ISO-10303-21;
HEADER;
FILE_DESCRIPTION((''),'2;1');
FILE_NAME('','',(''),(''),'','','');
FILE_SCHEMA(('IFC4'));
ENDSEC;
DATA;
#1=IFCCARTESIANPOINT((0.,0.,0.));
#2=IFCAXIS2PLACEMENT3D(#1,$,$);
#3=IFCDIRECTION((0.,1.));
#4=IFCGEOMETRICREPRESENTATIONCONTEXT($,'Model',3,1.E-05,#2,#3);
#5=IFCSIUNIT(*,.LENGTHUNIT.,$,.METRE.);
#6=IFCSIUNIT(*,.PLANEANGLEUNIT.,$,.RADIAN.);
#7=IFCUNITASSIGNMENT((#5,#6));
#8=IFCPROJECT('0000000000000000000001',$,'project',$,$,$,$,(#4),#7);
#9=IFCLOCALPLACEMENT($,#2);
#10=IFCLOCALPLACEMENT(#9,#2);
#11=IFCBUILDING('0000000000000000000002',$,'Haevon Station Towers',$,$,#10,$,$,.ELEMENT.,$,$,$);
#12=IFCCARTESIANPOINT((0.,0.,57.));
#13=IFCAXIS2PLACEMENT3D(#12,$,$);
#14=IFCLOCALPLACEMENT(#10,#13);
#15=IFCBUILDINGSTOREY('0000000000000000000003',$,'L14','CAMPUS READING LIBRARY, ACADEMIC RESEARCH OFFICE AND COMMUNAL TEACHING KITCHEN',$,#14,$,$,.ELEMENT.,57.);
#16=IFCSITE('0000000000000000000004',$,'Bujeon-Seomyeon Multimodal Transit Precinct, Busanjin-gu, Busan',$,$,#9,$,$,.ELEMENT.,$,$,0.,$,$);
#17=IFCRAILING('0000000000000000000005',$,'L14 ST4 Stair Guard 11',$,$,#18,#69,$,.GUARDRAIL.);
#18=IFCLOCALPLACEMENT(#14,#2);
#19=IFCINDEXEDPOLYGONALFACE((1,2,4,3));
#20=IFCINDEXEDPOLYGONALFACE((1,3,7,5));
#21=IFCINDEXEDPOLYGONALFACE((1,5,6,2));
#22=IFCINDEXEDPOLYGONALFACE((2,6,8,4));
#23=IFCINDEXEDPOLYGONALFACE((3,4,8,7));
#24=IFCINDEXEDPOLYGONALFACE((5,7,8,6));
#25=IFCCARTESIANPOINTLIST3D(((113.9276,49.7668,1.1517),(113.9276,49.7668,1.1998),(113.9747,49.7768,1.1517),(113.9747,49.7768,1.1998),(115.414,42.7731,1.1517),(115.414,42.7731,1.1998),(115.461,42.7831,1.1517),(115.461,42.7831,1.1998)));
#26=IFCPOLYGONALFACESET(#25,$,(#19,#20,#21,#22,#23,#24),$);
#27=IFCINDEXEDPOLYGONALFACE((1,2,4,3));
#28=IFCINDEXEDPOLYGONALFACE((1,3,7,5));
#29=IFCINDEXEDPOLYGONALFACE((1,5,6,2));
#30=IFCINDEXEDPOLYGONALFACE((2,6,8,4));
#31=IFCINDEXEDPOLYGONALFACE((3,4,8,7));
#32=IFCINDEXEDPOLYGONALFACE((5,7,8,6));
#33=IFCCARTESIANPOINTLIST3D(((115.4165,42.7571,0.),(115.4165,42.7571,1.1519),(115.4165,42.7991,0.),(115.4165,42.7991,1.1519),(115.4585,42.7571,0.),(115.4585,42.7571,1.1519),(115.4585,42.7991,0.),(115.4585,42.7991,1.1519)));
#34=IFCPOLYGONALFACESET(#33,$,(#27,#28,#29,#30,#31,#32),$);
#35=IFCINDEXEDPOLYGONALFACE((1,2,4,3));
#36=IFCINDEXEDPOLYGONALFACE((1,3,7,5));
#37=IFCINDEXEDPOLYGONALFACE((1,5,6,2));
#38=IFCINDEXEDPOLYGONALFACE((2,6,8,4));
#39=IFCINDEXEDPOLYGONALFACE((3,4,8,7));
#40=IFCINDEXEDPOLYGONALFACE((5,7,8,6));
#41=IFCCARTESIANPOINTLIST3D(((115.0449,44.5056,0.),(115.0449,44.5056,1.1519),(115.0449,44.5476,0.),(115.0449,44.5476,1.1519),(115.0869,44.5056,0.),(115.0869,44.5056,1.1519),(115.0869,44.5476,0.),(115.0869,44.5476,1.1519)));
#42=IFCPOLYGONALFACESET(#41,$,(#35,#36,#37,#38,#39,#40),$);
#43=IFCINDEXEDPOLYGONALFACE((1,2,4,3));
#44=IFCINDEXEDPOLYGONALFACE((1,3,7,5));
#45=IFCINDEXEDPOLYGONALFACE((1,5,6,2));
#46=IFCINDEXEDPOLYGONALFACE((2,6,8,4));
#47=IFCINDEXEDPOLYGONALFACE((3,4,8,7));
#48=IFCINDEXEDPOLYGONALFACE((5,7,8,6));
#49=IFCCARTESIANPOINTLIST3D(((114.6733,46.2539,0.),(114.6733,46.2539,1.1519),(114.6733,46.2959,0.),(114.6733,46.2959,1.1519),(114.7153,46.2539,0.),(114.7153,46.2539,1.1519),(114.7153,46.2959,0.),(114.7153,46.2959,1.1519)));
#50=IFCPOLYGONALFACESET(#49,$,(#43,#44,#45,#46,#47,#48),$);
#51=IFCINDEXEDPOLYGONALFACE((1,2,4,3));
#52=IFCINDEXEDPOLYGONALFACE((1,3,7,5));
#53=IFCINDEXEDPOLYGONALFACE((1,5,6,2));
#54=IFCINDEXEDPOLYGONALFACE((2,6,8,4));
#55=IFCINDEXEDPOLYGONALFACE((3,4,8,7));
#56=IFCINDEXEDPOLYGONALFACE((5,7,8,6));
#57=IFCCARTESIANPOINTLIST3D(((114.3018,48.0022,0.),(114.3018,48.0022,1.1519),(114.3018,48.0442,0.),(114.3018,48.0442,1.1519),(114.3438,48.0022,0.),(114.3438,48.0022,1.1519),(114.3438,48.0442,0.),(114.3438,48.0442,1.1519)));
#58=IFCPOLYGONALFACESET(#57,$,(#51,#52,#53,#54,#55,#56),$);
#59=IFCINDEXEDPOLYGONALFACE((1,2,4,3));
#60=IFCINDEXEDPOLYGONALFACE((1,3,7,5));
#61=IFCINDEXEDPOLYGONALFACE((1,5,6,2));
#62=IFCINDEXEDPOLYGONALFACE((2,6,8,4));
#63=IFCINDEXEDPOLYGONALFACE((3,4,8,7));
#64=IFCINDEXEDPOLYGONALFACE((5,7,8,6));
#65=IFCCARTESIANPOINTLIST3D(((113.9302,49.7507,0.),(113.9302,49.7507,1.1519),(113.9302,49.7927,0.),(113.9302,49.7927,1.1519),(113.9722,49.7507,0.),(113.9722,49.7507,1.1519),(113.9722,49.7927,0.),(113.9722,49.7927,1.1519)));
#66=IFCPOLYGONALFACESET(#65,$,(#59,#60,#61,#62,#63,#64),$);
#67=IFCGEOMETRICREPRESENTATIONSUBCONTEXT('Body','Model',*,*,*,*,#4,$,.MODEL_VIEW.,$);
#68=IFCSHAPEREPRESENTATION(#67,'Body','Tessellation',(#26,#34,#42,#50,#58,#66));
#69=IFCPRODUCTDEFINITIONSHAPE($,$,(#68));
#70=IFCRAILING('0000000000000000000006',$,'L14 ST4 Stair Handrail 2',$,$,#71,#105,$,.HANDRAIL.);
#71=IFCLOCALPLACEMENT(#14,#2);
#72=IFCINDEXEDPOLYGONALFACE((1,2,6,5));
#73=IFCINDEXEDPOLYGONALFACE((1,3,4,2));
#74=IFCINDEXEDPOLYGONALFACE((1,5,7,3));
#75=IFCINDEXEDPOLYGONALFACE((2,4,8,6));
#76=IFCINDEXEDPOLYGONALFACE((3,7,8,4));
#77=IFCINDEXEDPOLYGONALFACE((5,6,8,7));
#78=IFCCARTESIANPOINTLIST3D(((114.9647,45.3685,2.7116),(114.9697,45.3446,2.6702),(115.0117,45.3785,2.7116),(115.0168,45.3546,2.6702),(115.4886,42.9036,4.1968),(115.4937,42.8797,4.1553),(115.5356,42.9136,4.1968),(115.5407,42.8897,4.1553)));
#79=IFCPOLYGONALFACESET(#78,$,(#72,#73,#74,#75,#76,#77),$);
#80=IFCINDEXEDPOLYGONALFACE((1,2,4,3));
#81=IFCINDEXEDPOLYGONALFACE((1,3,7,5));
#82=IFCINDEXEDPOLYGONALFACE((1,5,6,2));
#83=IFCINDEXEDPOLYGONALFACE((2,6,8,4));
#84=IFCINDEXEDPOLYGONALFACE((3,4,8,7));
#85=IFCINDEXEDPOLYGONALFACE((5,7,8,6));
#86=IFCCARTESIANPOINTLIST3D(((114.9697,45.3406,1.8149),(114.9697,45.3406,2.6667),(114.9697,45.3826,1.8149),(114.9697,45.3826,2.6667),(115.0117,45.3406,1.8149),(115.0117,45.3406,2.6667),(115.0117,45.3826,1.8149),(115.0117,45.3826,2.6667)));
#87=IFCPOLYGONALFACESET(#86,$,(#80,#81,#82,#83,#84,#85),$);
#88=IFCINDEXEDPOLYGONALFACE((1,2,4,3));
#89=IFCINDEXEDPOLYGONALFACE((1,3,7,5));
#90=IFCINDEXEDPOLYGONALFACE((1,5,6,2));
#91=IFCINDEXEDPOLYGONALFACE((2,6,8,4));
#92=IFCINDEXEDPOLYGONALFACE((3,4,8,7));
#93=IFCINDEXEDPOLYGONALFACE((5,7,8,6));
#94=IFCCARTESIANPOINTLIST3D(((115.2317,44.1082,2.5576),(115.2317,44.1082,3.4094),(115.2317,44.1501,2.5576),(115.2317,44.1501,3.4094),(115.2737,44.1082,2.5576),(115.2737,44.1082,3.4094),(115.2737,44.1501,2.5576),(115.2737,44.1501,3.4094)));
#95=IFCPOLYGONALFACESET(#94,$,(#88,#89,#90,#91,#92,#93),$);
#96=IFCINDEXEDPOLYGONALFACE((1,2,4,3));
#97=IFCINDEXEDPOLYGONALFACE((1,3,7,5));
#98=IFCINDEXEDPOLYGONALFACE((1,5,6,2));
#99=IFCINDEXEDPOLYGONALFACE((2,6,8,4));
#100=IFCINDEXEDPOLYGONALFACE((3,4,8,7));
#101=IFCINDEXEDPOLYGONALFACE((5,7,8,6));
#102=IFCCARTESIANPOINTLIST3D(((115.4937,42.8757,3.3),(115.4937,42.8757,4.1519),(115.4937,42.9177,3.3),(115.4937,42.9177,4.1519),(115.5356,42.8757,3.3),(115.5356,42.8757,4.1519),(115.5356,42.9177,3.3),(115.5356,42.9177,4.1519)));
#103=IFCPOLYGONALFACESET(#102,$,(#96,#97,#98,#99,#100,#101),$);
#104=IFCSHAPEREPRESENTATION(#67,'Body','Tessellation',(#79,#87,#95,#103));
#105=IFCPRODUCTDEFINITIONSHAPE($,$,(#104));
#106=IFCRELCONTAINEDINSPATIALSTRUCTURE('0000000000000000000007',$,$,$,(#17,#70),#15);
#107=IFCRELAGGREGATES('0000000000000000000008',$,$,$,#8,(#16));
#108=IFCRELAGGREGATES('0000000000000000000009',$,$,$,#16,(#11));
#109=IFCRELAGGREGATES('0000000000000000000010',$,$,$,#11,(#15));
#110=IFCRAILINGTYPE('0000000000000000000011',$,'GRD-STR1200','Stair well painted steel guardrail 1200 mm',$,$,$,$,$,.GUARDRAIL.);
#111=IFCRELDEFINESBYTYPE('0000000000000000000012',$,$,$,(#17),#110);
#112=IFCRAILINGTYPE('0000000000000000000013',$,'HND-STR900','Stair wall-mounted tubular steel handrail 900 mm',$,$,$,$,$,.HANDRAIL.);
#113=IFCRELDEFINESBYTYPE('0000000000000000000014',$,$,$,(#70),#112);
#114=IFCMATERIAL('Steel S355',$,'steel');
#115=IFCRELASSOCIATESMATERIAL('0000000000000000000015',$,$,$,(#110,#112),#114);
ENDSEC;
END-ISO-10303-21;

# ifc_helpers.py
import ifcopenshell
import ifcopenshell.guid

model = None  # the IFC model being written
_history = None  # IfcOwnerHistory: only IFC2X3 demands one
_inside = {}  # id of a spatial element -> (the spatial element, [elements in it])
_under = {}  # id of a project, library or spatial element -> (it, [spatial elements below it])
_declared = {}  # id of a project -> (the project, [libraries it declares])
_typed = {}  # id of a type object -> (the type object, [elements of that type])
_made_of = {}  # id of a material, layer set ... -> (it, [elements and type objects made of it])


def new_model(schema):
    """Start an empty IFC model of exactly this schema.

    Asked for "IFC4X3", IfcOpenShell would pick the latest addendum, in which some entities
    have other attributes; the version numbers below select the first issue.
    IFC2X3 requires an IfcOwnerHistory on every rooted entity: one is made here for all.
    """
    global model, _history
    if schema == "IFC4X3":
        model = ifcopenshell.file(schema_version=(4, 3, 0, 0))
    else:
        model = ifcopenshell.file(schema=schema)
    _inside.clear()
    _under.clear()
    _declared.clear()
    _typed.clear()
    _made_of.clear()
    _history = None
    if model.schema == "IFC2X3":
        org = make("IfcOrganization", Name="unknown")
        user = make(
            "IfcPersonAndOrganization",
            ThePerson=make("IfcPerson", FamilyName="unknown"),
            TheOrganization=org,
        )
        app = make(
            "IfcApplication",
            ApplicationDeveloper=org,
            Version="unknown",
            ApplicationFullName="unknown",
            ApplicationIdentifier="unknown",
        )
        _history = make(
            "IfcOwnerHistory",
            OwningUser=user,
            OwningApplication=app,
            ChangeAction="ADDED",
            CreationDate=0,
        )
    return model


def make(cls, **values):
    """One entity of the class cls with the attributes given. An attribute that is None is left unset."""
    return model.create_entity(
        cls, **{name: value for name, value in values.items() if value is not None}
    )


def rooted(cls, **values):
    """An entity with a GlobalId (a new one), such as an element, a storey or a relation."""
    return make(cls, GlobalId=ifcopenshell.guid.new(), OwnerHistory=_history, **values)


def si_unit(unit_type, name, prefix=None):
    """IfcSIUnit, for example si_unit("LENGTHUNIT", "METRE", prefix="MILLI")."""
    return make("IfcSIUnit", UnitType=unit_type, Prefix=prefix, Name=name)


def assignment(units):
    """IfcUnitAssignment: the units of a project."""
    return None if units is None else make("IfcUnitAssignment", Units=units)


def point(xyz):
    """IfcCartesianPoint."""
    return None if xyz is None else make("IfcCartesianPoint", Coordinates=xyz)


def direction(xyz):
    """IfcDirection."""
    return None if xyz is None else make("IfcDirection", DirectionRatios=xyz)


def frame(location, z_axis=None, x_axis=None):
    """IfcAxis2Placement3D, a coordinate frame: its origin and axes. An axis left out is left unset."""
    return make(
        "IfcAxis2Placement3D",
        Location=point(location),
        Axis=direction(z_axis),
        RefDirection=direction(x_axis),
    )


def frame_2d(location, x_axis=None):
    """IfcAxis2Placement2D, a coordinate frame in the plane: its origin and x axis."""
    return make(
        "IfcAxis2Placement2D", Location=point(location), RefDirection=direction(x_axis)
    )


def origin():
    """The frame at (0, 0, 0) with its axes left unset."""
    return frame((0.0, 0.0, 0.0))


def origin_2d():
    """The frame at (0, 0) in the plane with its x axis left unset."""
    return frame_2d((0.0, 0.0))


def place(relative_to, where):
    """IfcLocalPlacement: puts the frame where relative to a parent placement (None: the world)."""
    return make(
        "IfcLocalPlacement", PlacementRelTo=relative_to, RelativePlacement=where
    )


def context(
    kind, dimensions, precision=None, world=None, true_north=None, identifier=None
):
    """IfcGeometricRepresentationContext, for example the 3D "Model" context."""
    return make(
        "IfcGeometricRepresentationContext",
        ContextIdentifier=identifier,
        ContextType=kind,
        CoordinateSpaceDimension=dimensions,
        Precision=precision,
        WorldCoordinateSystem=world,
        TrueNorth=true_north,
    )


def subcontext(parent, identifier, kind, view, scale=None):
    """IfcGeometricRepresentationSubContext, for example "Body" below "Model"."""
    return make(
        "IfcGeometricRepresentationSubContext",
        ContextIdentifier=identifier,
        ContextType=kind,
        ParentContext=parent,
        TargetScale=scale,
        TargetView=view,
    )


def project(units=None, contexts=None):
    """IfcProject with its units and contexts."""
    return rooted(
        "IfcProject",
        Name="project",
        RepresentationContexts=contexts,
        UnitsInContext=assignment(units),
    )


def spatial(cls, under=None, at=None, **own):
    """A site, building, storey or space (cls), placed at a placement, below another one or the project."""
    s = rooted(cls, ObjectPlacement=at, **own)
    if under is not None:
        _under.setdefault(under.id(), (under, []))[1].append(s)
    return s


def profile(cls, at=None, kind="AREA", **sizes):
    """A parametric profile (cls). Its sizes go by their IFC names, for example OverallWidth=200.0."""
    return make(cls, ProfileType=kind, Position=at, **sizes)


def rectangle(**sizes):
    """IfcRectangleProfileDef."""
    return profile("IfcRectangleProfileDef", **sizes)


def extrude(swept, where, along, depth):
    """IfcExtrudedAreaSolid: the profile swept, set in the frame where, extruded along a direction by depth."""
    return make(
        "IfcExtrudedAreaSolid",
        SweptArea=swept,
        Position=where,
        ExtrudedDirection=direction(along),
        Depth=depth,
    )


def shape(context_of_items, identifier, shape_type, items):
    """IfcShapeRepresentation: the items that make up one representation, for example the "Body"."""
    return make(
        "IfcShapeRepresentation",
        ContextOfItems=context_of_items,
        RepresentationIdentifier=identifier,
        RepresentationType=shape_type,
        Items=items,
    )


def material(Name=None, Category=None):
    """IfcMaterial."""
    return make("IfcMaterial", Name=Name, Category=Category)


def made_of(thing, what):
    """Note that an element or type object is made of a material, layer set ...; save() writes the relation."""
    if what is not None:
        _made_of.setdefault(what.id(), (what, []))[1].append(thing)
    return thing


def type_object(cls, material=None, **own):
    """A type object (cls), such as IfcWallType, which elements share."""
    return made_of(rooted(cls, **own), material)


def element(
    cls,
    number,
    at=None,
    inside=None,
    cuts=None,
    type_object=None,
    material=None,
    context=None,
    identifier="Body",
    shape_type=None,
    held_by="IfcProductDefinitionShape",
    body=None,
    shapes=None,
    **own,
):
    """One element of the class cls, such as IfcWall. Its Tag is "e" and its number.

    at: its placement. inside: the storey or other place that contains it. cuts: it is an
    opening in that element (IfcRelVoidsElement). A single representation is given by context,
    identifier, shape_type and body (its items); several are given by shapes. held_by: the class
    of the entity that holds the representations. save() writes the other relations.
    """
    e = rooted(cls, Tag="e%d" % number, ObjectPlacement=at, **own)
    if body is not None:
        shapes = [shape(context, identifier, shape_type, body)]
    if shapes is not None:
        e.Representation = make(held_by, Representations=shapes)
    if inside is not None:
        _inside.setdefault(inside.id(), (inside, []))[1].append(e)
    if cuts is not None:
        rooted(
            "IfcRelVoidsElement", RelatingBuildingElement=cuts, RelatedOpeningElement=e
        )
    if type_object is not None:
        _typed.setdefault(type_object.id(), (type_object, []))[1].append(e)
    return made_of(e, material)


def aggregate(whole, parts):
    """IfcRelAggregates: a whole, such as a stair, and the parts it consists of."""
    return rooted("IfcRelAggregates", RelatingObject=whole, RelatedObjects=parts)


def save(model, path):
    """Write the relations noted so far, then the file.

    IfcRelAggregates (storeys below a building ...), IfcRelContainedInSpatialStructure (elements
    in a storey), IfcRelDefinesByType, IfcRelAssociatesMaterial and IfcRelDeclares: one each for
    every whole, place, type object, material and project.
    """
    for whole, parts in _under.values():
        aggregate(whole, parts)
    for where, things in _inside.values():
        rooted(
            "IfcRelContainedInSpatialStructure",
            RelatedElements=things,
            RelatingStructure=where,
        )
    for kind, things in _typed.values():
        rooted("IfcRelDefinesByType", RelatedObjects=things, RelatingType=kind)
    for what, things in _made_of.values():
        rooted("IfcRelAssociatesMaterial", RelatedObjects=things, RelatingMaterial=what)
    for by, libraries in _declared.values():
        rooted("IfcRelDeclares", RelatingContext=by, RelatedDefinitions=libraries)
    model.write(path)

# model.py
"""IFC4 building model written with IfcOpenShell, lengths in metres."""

from ifc_helpers import new_model, si_unit, direction, frame, origin, origin_2d, place, context, subcontext, project, spatial, rectangle, extrude, material, type_object, element, save


model = new_model("IFC4")

# Units and contexts
model_context = context("Model", 3, precision=1e-05, world=origin(), true_north=direction((0.0, 1.0)))
body_context = subcontext(model_context, "Body", "Model", "MODEL_VIEW")
ifc_project = project(units=[si_unit("LENGTHUNIT", "METRE"), si_unit("PLANEANGLEUNIT", "RADIAN")], contexts=[model_context])

# Site, building, storey
site_placement = place(None, origin())
site = spatial("IfcSite", under=ifc_project, at=site_placement, Name="Bujeon-Seomyeon Multimodal Transit Precinct, Busanjin-gu, Busan", CompositionType="ELEMENT", RefElevation=0.0)
building_placement = place(site_placement, origin())
building = spatial("IfcBuilding", under=site, at=building_placement, Name="Haevon Station Towers", CompositionType="ELEMENT")
storey_placement = place(building_placement, frame((0.0, 0.0, 57.0)))
storey = spatial("IfcBuildingStorey", under=building, at=storey_placement, Name="L14", Description="CAMPUS READING LIBRARY, ACADEMIC RESEARCH OFFICE AND COMMUNAL TEACHING KITCHEN", CompositionType="ELEMENT", Elevation=57.0)

# Railings
ifc_material_1 = material(Name="Steel S355", Category="steel")
railing_type_1 = type_object("IfcRailingType", Name="GRD-STR1200", Description="Stair well painted steel guardrail 1200 mm", PredefinedType="GUARDRAIL", material=ifc_material_1)
railing_1_placement = place(storey_placement, frame((115.4375, 42.7781, 0.0)))
element("IfcRailing", 1, at=railing_1_placement, inside=storey, type_object=railing_type_1, Name="L14 ST4 Stair Guard 11", PredefinedType="GUARDRAIL", context=body_context, shape_type="SweptSolid", body=[
    extrude(rectangle(XDim=0.0481, YDim=0.0481, at=origin_2d()), frame((0.0, 0.0, 1.1758), z_axis=(-0.207882, 0.978154, 0.0), x_axis=(-0.978154, -0.207882, 0.0)), (0.0, 0.0, 1.0), 7.1499),
    extrude(rectangle(XDim=0.042, YDim=0.042, at=origin_2d()), origin(), (0.0, 0.0, 1.0), 1.1519),
    extrude(rectangle(XDim=0.042, YDim=0.042, at=origin_2d()), frame((-0.3716, 1.7485, 0.0)), (0.0, 0.0, 1.0), 1.1519),
    extrude(rectangle(XDim=0.042, YDim=0.042, at=origin_2d()), frame((-0.7432, 3.4968, 0.0)), (0.0, 0.0, 1.0), 1.1519),
    extrude(rectangle(XDim=0.042, YDim=0.042, at=origin_2d()), frame((-1.1147, 5.2451, 0.0)), (0.0, 0.0, 1.0), 1.1519),
    extrude(rectangle(XDim=0.042, YDim=0.042, at=origin_2d()), frame((-1.4863, 6.9937, 0.0)), (0.0, 0.0, 1.0), 1.1519),
])
railing_type_2 = type_object("IfcRailingType", Name="HND-STR900", Description="Stair wall-mounted tubular steel handrail 900 mm", PredefinedType="HANDRAIL", material=ifc_material_1)
railing_2_placement = place(storey_placement, frame((114.9907, 45.3616, 1.8149)))
element("IfcRailing", 2, at=railing_2_placement, inside=storey, type_object=railing_type_2, Name="L14 ST4 Stair Handrail 2", PredefinedType="HANDRAIL", context=body_context, shape_type="SweptSolid", body=[
    extrude(rectangle(XDim=0.0481, YDim=0.0481, at=origin_2d()), frame((0.0, 0.0, 0.876), z_axis=(0.179121, -0.842688, 0.507733), x_axis=(0.978147, 0.207914, 0.0)), (0.0, 0.0, 1.0), 2.925),
    extrude(rectangle(XDim=0.042, YDim=0.042, at=origin_2d()), origin(), (0.0, 0.0, 1.0), 0.8518),
    extrude(rectangle(XDim=0.042, YDim=0.042, at=origin_2d()), frame((0.262, -1.2324, 0.7427)), (0.0, 0.0, 1.0), 0.8518),
    extrude(rectangle(XDim=0.042, YDim=0.042, at=origin_2d()), frame((0.5239, -2.4648, 1.4851)), (0.0, 0.0, 1.0), 0.8518),
])

save(model, "model.ifc")
